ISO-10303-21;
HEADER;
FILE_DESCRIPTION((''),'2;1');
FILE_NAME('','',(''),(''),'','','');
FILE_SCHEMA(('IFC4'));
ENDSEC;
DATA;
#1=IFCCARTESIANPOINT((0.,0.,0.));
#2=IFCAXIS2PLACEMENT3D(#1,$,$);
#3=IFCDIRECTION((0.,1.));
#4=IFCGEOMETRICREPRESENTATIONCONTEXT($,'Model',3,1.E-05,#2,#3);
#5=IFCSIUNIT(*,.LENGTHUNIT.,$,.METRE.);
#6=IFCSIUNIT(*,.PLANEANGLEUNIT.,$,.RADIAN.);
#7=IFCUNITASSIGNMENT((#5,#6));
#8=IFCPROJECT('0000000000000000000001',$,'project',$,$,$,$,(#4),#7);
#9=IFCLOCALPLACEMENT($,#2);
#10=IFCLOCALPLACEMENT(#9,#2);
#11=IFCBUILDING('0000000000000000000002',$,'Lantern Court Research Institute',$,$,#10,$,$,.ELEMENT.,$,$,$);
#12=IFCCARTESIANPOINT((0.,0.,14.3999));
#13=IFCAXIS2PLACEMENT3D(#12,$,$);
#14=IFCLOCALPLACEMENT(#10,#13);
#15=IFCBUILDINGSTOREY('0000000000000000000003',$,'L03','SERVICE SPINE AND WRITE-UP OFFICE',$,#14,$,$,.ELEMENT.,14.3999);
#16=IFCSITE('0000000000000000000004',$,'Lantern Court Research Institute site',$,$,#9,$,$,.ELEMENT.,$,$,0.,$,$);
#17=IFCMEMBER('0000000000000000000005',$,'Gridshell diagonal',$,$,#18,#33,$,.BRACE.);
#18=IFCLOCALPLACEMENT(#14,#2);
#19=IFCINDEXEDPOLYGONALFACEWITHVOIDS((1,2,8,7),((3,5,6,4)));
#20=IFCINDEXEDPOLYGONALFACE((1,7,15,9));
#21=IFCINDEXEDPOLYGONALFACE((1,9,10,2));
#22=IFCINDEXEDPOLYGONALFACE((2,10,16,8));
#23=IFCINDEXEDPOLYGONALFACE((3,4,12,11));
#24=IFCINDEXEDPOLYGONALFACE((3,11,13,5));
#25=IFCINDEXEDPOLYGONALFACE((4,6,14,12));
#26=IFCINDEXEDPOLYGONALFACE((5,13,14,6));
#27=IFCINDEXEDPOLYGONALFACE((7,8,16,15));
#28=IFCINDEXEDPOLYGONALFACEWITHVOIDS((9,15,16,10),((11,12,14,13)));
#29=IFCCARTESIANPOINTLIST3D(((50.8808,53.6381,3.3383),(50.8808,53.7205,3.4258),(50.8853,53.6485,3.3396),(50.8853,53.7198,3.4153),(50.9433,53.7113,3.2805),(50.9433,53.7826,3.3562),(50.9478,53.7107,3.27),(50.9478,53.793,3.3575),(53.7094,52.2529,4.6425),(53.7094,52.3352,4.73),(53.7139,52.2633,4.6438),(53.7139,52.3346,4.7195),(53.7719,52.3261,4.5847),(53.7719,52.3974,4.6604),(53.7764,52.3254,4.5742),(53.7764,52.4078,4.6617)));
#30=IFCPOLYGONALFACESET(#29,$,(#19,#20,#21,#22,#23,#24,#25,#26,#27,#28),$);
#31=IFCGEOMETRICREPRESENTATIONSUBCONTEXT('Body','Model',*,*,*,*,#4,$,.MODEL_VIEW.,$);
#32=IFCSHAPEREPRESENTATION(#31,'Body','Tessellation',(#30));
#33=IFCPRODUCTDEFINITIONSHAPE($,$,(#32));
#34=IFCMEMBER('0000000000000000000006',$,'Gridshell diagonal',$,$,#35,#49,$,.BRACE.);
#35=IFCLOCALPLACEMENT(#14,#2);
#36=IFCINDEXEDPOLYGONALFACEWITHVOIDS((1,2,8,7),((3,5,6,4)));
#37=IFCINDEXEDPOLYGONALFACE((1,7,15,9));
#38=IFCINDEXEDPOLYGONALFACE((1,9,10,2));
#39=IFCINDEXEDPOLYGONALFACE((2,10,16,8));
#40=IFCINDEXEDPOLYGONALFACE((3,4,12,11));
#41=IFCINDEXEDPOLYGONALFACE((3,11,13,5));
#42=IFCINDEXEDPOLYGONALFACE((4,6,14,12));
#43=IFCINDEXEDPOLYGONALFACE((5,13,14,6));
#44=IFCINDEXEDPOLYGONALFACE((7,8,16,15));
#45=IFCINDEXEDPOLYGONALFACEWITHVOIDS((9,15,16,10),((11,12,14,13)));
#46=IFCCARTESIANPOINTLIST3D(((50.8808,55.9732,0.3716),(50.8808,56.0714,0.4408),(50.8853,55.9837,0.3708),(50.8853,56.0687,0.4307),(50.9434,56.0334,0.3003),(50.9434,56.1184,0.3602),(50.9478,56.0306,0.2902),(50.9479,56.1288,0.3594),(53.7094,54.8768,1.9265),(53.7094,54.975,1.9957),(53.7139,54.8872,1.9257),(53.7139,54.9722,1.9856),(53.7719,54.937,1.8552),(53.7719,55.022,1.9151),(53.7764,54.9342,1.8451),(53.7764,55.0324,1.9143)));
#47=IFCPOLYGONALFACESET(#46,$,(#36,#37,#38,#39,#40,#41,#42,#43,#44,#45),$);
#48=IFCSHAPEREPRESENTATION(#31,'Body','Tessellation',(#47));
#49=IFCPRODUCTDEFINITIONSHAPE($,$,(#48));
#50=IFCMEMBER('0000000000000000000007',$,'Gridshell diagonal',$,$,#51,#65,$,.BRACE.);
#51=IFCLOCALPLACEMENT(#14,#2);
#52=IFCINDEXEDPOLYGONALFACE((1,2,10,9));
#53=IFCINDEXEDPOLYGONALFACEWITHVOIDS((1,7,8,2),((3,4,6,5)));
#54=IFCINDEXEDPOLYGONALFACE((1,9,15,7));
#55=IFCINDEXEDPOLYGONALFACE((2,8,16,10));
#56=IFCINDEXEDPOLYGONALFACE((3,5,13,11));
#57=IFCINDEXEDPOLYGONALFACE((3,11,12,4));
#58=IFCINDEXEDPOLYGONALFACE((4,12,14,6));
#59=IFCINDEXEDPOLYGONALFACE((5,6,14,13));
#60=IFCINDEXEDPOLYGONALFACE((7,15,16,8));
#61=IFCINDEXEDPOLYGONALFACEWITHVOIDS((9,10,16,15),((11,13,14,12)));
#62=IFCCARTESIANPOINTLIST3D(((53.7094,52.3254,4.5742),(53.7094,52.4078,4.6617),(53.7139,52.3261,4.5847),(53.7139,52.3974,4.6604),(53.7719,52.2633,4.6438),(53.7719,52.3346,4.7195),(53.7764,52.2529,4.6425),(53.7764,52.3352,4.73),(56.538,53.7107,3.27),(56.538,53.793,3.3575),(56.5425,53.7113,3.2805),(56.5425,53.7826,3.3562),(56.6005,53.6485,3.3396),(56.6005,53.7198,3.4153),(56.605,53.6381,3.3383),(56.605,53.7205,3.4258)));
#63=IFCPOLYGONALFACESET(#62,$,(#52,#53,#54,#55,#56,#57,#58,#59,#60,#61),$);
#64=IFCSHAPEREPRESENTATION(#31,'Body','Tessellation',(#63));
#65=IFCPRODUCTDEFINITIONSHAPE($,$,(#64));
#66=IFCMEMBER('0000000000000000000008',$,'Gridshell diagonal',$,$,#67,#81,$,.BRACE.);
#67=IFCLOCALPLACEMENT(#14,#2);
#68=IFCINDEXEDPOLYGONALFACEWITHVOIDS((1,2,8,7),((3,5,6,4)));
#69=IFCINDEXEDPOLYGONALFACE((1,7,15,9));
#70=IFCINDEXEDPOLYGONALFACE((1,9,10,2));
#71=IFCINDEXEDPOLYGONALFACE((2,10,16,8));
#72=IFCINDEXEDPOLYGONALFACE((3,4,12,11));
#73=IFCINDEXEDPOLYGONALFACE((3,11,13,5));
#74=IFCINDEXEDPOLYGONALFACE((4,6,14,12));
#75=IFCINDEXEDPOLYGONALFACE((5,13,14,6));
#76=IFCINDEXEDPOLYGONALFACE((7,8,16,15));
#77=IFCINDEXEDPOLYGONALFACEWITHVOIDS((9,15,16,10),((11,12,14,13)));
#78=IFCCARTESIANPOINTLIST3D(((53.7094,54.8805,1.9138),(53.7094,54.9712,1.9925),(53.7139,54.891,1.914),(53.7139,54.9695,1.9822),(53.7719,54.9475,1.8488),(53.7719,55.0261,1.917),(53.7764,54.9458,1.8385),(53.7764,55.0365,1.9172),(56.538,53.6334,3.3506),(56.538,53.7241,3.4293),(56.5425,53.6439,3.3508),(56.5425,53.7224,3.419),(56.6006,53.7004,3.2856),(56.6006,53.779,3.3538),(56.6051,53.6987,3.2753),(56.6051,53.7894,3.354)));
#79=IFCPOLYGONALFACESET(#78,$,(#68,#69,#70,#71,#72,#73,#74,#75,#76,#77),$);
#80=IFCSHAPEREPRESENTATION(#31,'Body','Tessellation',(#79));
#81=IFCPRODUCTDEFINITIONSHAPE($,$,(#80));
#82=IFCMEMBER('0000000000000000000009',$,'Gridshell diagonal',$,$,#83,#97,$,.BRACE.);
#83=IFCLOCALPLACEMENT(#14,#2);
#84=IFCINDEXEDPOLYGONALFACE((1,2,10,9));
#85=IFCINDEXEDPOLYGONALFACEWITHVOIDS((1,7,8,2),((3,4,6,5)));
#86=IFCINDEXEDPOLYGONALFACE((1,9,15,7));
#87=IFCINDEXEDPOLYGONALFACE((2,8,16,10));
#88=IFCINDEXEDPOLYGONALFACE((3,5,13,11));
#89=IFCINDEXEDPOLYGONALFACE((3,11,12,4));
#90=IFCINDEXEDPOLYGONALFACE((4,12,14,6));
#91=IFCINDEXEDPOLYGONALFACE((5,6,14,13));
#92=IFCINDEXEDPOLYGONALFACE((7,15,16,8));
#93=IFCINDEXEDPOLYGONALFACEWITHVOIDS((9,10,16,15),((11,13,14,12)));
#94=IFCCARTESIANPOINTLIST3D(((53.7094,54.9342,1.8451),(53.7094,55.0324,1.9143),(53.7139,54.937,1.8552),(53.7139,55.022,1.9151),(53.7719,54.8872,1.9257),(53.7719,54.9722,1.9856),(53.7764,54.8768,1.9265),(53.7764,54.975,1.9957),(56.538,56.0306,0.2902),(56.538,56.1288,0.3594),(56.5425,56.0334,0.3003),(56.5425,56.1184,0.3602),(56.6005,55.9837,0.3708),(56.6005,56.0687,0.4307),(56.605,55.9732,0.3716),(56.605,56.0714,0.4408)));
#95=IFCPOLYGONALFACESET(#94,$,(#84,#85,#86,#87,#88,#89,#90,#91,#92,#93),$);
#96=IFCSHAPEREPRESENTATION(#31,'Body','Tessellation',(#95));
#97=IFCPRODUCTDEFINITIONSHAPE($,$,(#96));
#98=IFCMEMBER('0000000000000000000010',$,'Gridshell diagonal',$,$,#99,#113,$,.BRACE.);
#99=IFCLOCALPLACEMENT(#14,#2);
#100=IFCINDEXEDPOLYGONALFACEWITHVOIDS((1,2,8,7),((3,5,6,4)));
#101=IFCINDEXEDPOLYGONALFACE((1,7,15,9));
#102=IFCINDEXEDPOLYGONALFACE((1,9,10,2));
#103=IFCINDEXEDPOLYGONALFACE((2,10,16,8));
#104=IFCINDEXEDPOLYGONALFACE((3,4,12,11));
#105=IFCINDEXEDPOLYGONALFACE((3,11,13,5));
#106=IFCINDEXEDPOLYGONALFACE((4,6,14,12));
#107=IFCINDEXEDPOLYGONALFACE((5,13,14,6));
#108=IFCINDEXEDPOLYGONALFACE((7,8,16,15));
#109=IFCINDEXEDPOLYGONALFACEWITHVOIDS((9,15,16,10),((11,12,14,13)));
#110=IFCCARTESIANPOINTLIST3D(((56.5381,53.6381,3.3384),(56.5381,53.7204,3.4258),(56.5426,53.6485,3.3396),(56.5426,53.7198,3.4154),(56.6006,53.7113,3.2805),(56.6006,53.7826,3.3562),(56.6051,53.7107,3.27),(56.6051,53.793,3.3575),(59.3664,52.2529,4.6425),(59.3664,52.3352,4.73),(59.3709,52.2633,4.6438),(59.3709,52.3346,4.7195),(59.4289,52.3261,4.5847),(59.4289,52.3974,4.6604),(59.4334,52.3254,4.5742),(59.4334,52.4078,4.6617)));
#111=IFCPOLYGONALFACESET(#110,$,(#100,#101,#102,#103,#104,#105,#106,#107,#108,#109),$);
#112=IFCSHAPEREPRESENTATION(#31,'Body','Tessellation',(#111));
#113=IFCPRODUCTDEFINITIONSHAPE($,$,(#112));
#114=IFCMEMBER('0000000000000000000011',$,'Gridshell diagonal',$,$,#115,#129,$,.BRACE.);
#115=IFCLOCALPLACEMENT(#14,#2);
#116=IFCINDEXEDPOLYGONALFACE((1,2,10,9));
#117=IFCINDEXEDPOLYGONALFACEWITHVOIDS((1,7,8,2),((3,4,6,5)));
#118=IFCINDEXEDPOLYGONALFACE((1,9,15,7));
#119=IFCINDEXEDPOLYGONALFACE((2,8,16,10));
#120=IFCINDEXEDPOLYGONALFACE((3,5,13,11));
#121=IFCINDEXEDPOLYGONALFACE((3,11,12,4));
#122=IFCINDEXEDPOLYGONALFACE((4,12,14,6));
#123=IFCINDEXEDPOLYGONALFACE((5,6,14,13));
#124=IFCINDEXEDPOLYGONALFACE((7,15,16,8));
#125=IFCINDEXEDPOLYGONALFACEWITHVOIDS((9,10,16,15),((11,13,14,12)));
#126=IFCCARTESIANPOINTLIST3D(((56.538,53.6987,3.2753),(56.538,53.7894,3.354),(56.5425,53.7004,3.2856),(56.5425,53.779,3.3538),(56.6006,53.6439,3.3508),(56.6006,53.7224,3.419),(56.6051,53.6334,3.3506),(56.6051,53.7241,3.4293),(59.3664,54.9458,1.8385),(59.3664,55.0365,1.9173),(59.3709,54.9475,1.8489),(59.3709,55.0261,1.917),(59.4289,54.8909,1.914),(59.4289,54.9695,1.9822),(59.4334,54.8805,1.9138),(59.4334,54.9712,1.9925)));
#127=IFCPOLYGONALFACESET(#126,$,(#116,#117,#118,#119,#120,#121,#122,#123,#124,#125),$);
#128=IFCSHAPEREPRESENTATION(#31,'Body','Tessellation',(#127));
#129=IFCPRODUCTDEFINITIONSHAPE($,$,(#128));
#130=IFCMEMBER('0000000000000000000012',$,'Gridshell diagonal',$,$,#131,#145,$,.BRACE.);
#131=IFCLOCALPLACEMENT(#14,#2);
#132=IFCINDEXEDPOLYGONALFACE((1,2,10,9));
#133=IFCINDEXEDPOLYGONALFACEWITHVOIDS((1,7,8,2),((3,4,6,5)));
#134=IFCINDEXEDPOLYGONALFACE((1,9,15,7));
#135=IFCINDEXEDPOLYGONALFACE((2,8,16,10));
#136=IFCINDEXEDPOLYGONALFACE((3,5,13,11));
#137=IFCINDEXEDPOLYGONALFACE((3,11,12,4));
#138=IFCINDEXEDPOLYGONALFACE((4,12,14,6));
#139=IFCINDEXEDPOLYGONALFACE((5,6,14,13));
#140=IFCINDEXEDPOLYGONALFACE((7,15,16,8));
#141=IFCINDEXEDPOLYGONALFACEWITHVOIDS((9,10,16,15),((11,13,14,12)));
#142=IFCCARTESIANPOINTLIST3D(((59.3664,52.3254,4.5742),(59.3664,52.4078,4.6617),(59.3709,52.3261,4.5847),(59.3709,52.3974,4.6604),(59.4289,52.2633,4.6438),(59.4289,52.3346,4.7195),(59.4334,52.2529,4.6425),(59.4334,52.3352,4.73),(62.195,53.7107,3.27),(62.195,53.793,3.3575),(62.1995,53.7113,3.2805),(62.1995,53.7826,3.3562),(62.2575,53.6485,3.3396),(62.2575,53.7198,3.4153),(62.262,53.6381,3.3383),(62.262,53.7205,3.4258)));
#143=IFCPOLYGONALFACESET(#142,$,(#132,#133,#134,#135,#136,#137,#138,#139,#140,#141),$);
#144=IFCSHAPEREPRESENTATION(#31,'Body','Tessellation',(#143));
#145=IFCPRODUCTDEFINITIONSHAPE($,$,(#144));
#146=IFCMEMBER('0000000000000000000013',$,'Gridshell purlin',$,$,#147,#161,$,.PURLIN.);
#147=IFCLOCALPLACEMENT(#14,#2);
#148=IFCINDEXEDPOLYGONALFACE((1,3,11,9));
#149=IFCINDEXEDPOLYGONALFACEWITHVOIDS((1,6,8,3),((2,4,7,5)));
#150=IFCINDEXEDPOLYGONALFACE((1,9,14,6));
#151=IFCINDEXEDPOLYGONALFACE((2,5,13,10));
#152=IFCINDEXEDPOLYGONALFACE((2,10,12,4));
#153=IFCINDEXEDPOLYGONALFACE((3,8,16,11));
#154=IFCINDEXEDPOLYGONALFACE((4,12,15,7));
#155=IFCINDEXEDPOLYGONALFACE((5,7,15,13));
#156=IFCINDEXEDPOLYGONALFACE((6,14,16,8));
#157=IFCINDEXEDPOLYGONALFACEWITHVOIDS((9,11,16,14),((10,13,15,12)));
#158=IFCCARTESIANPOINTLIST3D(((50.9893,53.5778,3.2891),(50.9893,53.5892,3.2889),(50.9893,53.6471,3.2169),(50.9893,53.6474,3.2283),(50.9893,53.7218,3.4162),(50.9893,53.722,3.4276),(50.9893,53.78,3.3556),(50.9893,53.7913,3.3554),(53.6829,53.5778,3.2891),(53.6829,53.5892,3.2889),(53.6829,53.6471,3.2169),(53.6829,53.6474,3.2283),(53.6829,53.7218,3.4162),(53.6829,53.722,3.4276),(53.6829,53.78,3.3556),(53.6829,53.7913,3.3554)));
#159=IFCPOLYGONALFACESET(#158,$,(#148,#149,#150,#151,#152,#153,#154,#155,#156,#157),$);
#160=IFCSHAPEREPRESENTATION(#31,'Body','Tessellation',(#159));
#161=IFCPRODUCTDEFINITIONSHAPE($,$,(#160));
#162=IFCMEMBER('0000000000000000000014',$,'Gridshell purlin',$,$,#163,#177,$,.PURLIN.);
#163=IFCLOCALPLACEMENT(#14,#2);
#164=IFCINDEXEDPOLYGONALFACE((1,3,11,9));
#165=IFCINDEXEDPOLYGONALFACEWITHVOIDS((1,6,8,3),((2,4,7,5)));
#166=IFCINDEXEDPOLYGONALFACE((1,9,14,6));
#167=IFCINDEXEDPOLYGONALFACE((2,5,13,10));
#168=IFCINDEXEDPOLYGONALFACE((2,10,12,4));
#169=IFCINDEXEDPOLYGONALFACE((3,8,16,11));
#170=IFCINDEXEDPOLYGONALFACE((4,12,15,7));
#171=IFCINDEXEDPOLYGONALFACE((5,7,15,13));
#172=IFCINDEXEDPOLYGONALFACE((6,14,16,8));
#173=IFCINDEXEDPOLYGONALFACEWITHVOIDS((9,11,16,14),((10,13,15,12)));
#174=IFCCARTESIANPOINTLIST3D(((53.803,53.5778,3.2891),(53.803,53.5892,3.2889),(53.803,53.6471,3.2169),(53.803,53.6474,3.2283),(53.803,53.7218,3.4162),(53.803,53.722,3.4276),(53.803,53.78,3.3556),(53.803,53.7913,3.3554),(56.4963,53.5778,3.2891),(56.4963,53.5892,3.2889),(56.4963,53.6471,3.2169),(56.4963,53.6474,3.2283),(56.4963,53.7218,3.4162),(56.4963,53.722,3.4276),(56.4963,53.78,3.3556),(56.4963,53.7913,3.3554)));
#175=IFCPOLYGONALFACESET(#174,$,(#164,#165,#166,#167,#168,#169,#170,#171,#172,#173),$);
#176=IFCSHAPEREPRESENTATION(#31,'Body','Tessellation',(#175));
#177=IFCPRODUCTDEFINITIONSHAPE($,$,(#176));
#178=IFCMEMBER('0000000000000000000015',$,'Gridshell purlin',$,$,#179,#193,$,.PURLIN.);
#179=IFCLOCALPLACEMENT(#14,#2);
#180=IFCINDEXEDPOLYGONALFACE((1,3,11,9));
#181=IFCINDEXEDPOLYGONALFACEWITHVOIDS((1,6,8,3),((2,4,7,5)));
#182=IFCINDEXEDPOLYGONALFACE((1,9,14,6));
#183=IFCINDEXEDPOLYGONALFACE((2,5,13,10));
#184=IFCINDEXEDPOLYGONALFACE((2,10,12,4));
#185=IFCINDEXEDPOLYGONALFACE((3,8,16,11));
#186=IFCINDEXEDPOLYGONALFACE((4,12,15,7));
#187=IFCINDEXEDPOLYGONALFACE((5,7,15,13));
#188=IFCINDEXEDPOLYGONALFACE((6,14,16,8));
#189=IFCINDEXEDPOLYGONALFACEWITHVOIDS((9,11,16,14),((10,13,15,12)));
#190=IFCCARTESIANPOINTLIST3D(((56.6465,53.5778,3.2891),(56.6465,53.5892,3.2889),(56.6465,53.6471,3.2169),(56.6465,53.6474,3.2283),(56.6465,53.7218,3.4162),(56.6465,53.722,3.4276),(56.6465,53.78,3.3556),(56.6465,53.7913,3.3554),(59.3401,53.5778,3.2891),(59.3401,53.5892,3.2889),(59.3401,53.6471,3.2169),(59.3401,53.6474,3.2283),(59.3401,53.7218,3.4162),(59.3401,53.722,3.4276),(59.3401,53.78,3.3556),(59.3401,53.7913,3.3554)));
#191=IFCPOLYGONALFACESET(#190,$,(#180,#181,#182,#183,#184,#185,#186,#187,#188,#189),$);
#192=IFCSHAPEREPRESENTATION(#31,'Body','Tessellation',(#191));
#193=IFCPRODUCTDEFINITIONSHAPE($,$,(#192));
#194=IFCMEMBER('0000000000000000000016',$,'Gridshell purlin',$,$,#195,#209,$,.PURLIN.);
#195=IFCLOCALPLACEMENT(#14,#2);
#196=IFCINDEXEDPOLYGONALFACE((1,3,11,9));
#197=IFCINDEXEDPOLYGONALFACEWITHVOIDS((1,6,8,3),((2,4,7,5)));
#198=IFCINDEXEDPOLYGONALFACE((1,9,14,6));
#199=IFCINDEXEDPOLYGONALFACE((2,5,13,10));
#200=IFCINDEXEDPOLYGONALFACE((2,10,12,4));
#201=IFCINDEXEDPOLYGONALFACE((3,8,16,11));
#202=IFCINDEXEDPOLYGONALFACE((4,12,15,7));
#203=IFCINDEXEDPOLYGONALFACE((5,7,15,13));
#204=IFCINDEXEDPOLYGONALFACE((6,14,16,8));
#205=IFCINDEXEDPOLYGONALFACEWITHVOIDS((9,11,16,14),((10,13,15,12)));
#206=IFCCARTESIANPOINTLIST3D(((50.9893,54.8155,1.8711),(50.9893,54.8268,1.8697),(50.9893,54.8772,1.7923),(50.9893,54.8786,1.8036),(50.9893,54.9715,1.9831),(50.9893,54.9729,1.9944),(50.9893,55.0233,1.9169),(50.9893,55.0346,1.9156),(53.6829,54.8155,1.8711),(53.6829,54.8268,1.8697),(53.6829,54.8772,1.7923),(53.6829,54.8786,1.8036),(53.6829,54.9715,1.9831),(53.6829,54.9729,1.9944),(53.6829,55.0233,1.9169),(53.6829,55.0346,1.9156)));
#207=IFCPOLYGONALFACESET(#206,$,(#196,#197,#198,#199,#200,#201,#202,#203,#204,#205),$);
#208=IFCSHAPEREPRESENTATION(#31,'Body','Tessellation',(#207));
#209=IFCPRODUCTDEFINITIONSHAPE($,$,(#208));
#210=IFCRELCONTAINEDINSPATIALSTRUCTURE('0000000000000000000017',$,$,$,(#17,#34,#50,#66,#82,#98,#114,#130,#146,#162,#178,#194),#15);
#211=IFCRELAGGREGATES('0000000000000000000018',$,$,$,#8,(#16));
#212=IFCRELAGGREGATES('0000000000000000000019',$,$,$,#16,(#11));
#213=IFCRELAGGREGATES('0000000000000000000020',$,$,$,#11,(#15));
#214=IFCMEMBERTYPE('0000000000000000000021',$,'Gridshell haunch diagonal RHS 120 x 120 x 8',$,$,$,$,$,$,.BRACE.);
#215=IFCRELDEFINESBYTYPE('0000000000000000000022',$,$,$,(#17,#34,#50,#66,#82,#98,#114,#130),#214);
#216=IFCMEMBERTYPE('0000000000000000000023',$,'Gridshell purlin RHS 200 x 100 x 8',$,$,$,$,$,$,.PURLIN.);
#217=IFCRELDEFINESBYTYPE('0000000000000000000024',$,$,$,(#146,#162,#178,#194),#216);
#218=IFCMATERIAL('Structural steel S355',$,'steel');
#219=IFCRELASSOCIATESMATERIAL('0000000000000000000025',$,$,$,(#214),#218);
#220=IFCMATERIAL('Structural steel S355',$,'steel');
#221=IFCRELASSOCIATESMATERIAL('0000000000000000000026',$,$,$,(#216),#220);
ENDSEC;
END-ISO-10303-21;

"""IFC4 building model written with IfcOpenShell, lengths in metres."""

from ifc_helpers import new_model, si_unit, direction, frame, origin, origin_2d, place, context, subcontext, project, spatial, hollow_rectangle, extrude, material, material_profile, profile_set, type_object, element, save


model = new_model("IFC4")

# Units and contexts
model_context = context("Model", 3, precision=1e-05, world=origin(), true_north=direction((0.0, 1.0)))
body_context = subcontext(model_context, "Body", "Model", "MODEL_VIEW")
ifc_project = project(units=[si_unit("LENGTHUNIT", "METRE"), si_unit("PLANEANGLEUNIT", "RADIAN")], contexts=[model_context])

# Site, building, storey
site_placement = place(None, origin())
site = spatial("IfcSite", under=ifc_project, at=site_placement, Name="Lantern Court Research Institute site", CompositionType="ELEMENT", RefElevation=0.0)
building_placement = place(site_placement, origin())
building = spatial("IfcBuilding", under=site, at=building_placement, Name="Lantern Court Research Institute", CompositionType="ELEMENT")
storey_placement = place(building_placement, frame((0.0, 0.0, 14.3999)))
storey = spatial("IfcBuildingStorey", under=building, at=storey_placement, Name="L03", Description="SERVICE SPINE AND WRITE-UP OFFICE", CompositionType="ELEMENT", Elevation=14.3999)

# Members
ifc_material_1 = material(Name="Structural steel S355", Category="steel")
ifc_material_profile_1 = material_profile(ifc_material_1, hollow_rectangle(XDim=0.1201, YDim=0.1201, WallThickness=0.0081, at=origin_2d()), Name="Gridshell haunch diagonal RHS 120 x 120 x 8")
ifc_profile_set_1 = profile_set([ifc_material_profile_1], Name="Structural steel S355")
member_type_1 = type_object("IfcMemberType", Name="Gridshell haunch diagonal RHS 120 x 120 x 8", PredefinedType="BRACE", material=ifc_profile_set_1)
for number, where, z_axis, x_axis, name in (
    (1, (53.7429, 52.3303, 4.6521), (-0.829762, 0.406358, -0.382581), (-0.558118, -0.604141, 0.568786), "Gridshell diagonal"),
    (2, (53.7429, 54.9546, 1.9204), (-0.829757, 0.321633, -0.45613), (-0.558124, -0.478138, 0.678146), "Gridshell diagonal"),
    (3, (53.7429, 52.3303, 4.6521), (0.829762, 0.406358, -0.382581), (-0.558118, 0.604141, -0.568786), "Gridshell diagonal"),
    (4, (56.5715, 53.7114, 3.3523), (-0.829775, 0.365829, -0.421477), (-0.558098, -0.543914, 0.626645), "Gridshell diagonal"),
    (5, (53.7429, 54.9546, 1.9204), (0.829757, 0.321633, -0.45613), (-0.558124, 0.478138, -0.678146), "Gridshell diagonal"),
):
    element("IfcMember", number, at=place(storey_placement, frame(where, z_axis=z_axis, x_axis=x_axis)), inside=storey, type_object=member_type_1, Name=name, PredefinedType="BRACE", context=body_context, shape_type="SweptSolid", body=[
        extrude(hollow_rectangle(XDim=0.1201, YDim=0.1201, WallThickness=0.0081, at=origin_2d()), origin(), (0.0, 0.0, 1.0), 3.4089),
    ])
for number, where, z_axis, x_axis, name in (
    (6, (59.3999, 52.3303, 4.6521), (-0.829739, 0.406382, -0.382604), (-0.558151, -0.604116, 0.568781), "Gridshell diagonal"),
    (7, (56.5715, 53.7114, 3.3523), (0.829753, 0.36585, -0.421502), (-0.558131, 0.543889, -0.626637), "Gridshell diagonal"),
):
    element("IfcMember", number, at=place(storey_placement, frame(where, z_axis=z_axis, x_axis=x_axis)), inside=storey, type_object=member_type_1, Name=name, PredefinedType="BRACE", context=body_context, shape_type="SweptSolid", body=[
        extrude(hollow_rectangle(XDim=0.1201, YDim=0.1201, WallThickness=0.0081, at=origin_2d()), origin(), (0.0, 0.0, 1.0), 3.4087),
    ])
member_1_placement = place(storey_placement, frame((59.3999, 52.3303, 4.6521), z_axis=(0.829762, 0.406358, -0.382581), x_axis=(-0.558118, 0.604141, -0.568786)))
element("IfcMember", 8, at=member_1_placement, inside=storey, type_object=member_type_1, Name="Gridshell diagonal", PredefinedType="BRACE", context=body_context, shape_type="SweptSolid", body=[
    extrude(hollow_rectangle(XDim=0.1201, YDim=0.1201, WallThickness=0.0081, at=origin_2d()), origin(), (0.0, 0.0, 1.0), 3.4089),
])
ifc_material_2 = material(Name="Structural steel S355", Category="steel")
ifc_material_profile_2 = material_profile(ifc_material_2, hollow_rectangle(XDim=0.1001, YDim=0.2, WallThickness=0.0081, at=origin_2d()), Name="Gridshell purlin RHS 200 x 100 x 8")
ifc_profile_set_2 = profile_set([ifc_material_profile_2], Name="Structural steel S355")
member_type_2 = type_object("IfcMemberType", Name="Gridshell purlin RHS 200 x 100 x 8", PredefinedType="PURLIN", material=ifc_profile_set_2)
member_2_placement = place(storey_placement, frame((50.9893, 53.6846, 3.3223), z_axis=(1.0, 0.0, 0.0), x_axis=(0.0, 0.692674, -0.721251)))
element("IfcMember", 9, at=member_2_placement, inside=storey, type_object=member_type_2, Name="Gridshell purlin", PredefinedType="PURLIN", context=body_context, shape_type="SweptSolid", body=[
    extrude(hollow_rectangle(XDim=0.1001, YDim=0.2, WallThickness=0.0081, at=origin_2d()), origin(), (0.0, 0.0, 1.0), 2.6936),
])
member_3_placement = place(storey_placement, frame((53.803, 53.6846, 3.3223), z_axis=(1.0, 0.0, 0.0), x_axis=(0.0, 0.692674, -0.721251)))
element("IfcMember", 10, at=member_3_placement, inside=storey, type_object=member_type_2, Name="Gridshell purlin", PredefinedType="PURLIN", context=body_context, shape_type="SweptSolid", body=[
    extrude(hollow_rectangle(XDim=0.1001, YDim=0.2, WallThickness=0.0081, at=origin_2d()), origin(), (0.0, 0.0, 1.0), 2.6934),
])
for number, where, z_axis, x_axis, name in (
    (11, (56.6465, 53.6846, 3.3223), (1.0, 0.0, 0.0), (0.0, 0.692674, -0.721251), "Gridshell purlin"),
    (12, (50.9893, 54.925, 1.8933), (1.0, 0.0, 0.0), (0.0, 0.616657, -0.787232), "Gridshell purlin"),
):
    element("IfcMember", number, at=place(storey_placement, frame(where, z_axis=z_axis, x_axis=x_axis)), inside=storey, type_object=member_type_2, Name=name, PredefinedType="PURLIN", context=body_context, shape_type="SweptSolid", body=[
        extrude(hollow_rectangle(XDim=0.1001, YDim=0.2, WallThickness=0.0081, at=origin_2d()), origin(), (0.0, 0.0, 1.0), 2.6936),
    ])

save(model, "model.ifc")
